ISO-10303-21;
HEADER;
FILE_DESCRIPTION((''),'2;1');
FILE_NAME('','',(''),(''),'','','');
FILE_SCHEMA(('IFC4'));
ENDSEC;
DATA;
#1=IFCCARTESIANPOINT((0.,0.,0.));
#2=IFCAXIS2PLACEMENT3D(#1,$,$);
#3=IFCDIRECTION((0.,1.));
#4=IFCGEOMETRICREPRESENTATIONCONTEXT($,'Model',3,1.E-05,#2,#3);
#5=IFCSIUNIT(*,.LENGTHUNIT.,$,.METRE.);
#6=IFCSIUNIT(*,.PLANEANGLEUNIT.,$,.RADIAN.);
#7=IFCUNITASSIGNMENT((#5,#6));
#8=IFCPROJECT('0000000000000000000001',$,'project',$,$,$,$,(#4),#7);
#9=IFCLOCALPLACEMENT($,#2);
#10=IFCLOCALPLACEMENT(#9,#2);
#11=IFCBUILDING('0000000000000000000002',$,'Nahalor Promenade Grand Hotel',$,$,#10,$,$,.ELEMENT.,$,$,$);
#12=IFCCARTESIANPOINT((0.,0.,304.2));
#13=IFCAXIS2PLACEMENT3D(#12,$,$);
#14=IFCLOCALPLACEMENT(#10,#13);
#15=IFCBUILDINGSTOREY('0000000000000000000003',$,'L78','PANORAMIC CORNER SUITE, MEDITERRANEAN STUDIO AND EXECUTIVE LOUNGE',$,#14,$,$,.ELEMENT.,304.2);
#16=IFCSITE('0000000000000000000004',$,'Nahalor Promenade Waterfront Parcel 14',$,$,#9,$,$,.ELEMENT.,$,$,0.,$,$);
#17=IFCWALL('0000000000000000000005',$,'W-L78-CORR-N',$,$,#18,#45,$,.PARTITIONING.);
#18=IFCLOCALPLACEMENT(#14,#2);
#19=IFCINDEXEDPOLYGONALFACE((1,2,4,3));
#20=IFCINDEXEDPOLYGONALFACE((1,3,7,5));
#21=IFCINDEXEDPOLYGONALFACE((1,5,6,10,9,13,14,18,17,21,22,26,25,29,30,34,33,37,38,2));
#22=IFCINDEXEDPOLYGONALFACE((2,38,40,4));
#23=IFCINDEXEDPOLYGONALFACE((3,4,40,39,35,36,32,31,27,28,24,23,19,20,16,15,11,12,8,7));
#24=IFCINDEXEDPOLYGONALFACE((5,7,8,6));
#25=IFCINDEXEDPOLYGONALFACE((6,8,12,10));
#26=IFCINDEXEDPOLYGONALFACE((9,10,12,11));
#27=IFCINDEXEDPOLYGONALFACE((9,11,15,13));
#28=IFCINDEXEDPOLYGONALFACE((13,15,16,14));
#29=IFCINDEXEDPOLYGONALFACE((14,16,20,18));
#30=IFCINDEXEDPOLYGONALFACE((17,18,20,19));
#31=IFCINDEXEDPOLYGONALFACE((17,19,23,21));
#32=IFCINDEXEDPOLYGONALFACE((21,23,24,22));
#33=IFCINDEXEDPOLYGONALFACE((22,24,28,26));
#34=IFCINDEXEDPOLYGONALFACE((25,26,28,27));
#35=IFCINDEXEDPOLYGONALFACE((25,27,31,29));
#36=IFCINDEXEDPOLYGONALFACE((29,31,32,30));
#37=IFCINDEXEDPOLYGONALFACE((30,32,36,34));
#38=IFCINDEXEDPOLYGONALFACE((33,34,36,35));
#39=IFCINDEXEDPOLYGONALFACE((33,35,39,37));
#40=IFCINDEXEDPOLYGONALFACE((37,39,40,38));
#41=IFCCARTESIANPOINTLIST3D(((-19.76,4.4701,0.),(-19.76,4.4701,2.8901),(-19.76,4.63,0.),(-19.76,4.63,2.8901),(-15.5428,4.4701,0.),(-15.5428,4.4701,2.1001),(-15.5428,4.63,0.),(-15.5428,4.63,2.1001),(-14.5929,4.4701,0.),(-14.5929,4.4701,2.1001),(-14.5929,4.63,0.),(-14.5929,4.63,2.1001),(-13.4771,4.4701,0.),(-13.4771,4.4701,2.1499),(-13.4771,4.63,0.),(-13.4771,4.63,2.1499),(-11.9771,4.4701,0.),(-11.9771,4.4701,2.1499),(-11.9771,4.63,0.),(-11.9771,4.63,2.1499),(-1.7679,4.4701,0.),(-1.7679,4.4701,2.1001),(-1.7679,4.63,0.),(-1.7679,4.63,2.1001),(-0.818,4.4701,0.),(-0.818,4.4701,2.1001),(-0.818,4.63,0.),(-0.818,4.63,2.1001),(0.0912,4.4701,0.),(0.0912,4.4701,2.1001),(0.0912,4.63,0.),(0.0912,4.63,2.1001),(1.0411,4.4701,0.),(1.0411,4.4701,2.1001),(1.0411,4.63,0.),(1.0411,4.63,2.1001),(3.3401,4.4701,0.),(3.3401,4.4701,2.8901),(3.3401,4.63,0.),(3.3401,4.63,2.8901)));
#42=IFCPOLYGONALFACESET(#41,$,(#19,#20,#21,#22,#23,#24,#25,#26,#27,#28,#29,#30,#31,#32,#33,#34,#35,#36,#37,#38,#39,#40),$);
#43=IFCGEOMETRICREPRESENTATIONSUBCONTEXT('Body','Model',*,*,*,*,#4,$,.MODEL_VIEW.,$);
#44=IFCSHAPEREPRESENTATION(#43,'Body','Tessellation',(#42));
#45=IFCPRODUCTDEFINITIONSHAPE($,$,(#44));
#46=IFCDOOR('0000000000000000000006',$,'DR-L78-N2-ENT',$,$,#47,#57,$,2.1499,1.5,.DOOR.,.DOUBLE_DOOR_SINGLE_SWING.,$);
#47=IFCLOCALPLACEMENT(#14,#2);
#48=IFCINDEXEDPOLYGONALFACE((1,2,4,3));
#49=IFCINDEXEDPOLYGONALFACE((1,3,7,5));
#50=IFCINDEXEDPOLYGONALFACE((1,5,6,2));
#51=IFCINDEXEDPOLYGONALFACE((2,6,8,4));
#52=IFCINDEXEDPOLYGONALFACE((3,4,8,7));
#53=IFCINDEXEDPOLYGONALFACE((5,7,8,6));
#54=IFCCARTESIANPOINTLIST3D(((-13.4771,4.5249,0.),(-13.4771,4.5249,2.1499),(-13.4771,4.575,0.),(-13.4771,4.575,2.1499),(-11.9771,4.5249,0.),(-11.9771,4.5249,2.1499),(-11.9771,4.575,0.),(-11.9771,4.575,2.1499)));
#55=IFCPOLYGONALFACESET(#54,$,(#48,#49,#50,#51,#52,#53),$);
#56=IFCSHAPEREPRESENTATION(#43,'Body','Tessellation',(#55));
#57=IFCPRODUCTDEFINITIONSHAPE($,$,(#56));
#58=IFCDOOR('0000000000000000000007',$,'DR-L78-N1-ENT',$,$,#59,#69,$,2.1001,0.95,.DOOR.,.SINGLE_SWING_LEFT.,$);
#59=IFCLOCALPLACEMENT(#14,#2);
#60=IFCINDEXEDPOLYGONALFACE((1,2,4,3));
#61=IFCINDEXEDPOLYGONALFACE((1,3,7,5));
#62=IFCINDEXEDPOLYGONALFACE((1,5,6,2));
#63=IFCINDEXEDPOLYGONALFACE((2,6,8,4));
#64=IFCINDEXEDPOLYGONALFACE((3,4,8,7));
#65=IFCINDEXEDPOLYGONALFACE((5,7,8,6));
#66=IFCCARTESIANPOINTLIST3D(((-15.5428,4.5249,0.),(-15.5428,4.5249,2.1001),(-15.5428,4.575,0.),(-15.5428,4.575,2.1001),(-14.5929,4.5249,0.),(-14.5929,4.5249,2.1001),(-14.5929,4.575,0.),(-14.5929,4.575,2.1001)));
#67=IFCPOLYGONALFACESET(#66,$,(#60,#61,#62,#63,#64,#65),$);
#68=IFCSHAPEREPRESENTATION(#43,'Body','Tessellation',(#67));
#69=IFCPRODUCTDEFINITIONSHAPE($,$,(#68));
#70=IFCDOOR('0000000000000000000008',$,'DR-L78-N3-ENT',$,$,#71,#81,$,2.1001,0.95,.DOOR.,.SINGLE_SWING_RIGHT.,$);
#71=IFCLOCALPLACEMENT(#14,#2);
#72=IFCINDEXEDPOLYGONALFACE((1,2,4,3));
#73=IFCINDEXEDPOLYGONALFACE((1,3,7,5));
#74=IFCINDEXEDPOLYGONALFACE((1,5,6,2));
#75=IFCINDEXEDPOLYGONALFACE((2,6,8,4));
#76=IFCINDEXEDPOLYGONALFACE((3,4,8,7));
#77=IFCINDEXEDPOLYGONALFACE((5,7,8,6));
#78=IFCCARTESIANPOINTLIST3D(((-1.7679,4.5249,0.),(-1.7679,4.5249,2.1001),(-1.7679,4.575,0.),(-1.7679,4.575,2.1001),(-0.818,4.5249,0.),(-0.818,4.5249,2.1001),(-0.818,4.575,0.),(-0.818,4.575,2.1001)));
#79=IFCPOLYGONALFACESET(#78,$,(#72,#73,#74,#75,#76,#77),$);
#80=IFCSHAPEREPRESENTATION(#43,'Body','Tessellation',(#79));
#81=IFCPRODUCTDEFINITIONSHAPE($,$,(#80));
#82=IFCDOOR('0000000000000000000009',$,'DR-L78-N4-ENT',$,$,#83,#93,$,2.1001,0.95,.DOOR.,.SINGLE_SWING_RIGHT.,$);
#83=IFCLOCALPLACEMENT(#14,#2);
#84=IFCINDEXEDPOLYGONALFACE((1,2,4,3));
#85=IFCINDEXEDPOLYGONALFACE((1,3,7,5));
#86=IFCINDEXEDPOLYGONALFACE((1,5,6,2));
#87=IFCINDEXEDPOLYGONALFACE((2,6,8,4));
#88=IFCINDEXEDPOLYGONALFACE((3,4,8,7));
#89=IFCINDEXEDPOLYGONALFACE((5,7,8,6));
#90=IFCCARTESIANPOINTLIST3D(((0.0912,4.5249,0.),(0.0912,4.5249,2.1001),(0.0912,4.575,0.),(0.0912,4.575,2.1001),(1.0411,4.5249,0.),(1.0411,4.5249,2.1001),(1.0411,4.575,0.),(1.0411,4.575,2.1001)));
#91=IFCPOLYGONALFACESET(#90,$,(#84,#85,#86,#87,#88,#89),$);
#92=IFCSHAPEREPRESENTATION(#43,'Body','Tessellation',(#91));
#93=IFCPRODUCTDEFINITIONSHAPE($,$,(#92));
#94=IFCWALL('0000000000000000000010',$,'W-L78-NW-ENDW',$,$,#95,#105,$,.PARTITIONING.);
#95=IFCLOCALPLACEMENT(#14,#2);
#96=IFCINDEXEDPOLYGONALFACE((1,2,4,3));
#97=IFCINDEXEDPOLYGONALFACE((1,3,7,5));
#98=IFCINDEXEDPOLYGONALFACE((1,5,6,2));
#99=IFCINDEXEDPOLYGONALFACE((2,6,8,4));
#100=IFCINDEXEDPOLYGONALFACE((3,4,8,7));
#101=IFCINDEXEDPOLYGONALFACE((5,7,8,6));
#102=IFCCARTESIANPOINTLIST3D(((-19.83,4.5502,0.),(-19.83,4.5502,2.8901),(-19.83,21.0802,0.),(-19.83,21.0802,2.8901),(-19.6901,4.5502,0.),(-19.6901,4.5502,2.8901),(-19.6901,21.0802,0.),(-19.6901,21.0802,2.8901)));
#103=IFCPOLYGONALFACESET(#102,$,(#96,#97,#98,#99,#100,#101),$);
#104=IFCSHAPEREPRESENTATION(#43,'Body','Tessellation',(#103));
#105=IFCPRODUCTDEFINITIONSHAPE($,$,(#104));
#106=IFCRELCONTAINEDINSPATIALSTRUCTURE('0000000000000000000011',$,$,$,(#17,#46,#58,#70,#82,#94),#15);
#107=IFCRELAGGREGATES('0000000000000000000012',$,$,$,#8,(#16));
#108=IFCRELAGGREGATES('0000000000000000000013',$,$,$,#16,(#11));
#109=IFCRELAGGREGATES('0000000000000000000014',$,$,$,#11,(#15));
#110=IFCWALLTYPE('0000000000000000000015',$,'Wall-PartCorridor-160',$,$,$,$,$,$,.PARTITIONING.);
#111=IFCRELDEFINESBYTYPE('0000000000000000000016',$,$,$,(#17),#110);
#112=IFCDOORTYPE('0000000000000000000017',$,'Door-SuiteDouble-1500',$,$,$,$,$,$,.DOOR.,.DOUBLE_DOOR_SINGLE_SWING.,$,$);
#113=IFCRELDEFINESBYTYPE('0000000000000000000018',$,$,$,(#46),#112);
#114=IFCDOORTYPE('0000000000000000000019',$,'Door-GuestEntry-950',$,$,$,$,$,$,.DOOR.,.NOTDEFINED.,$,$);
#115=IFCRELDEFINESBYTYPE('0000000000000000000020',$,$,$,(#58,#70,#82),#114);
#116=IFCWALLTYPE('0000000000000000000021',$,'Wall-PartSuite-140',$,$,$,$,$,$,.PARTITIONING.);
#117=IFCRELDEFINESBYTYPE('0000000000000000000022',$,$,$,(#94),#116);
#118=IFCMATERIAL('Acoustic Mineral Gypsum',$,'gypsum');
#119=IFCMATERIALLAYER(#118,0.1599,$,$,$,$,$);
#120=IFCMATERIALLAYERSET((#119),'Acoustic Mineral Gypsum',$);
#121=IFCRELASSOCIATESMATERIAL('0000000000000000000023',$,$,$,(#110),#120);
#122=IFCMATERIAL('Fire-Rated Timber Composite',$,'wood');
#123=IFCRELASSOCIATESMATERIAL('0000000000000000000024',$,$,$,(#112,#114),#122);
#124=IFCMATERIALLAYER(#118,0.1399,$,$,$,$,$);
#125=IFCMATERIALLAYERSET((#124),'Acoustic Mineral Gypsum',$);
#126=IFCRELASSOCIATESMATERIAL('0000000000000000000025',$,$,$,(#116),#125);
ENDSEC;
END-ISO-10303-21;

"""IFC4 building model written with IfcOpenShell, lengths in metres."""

from ifc_helpers import new_model, si_unit, direction, frame, frame_2d, origin, place, context, subcontext, project, spatial, rectangle, extrude, source, transform, mapped, material, layer, layer_set, type_object, element, fill, save


model = new_model("IFC4")

# Units and contexts
model_context = context("Model", 3, precision=1e-05, world=origin(), true_north=direction((0.0, 1.0)))
body_context = subcontext(model_context, "Body", "Model", "MODEL_VIEW")
ifc_project = project(units=[si_unit("LENGTHUNIT", "METRE"), si_unit("PLANEANGLEUNIT", "RADIAN")], contexts=[model_context])

# Site, building, storey
site_placement = place(None, origin())
site = spatial("IfcSite", under=ifc_project, at=site_placement, Name="Nahalor Promenade Waterfront Parcel 14", CompositionType="ELEMENT", RefElevation=0.0)
building_placement = place(site_placement, origin())
building = spatial("IfcBuilding", under=site, at=building_placement, Name="Nahalor Promenade Grand Hotel", CompositionType="ELEMENT")
storey_placement = place(building_placement, frame((0.0, 0.0, 304.2)))
storey = spatial("IfcBuildingStorey", under=building, at=storey_placement, Name="L78", Description="PANORAMIC CORNER SUITE, MEDITERRANEAN STUDIO AND EXECUTIVE LOUNGE", CompositionType="ELEMENT", Elevation=304.2)

# Wall, openings, doors
ifc_material_1 = material(Name="Acoustic Mineral Gypsum", Category="gypsum")
ifc_layer_1 = layer(ifc_material_1, 0.1599)
ifc_layer_set_1 = layer_set([ifc_layer_1], Name="Acoustic Mineral Gypsum")
wall_type_1 = type_object("IfcWallType", Name="Wall-PartCorridor-160", PredefinedType="PARTITIONING", material=ifc_layer_set_1)
shared_shape_1 = source(origin(), body_context, "Body", "SweptSolid", [
    extrude(rectangle(XDim=23.1001, YDim=0.1599, at=frame_2d((11.55, 0.0))), origin(), (0.0, 0.0, 1.0), 2.8901),
])
wall_1_placement = place(storey_placement, frame((-19.76, 4.55, 0.0), z_axis=(0.0, 0.0, 1.0), x_axis=(1.0, 0.0, 0.0)))
wall_1 = element("IfcWall", 1, at=wall_1_placement, inside=storey, type_object=wall_type_1, Name="W-L78-CORR-N", PredefinedType="PARTITIONING", context=body_context, shape_type="MappedRepresentation", body=[
    mapped(shared_shape_1, transform((0.0, 0.0, 0.0), scale=1.0)),
])
opening_1_placement = place(wall_1_placement, frame((4.217, 0.0, 0.0)))
opening_1 = element("IfcOpeningElement", 2, at=opening_1_placement, cuts=wall_1, PredefinedType="OPENING", context=body_context, shape_type="SweptSolid", body=[
    extrude(rectangle(XDim=0.95, YDim=2.1001, at=frame_2d((0.4751, 1.05))), frame((0.0, 0.0898, 0.0), z_axis=(0.0, -1.0, 0.0), x_axis=(1.0, 0.0, 0.0)), (0.0, 0.0, 1.0), 0.1799),
])
opening_2_placement = place(wall_1_placement, frame((6.283, 0.0, 0.0)))
opening_2 = element("IfcOpeningElement", 3, at=opening_2_placement, cuts=wall_1, PredefinedType="OPENING", context=body_context, shape_type="SweptSolid", body=[
    extrude(rectangle(XDim=1.5, YDim=2.1499, at=frame_2d((0.75, 1.075))), frame((0.0, 0.0898, 0.0), z_axis=(0.0, -1.0, 0.0), x_axis=(1.0, 0.0, 0.0)), (0.0, 0.0, 1.0), 0.1799),
])
opening_3_placement = place(wall_1_placement, frame((17.9919, 0.0, 0.0)))
opening_3 = element("IfcOpeningElement", 4, at=opening_3_placement, cuts=wall_1, PredefinedType="OPENING", context=body_context, shape_type="SweptSolid", body=[
    extrude(rectangle(XDim=0.95, YDim=2.1001, at=frame_2d((0.4751, 1.05))), frame((0.0, 0.0898, 0.0), z_axis=(0.0, -1.0, 0.0), x_axis=(1.0, 0.0, 0.0)), (0.0, 0.0, 1.0), 0.1799),
])
opening_4_placement = place(wall_1_placement, frame((19.8511, 0.0, 0.0)))
opening_4 = element("IfcOpeningElement", 5, at=opening_4_placement, cuts=wall_1, PredefinedType="OPENING", context=body_context, shape_type="SweptSolid", body=[
    extrude(rectangle(XDim=0.95, YDim=2.1001, at=frame_2d((0.4751, 1.05))), frame((0.0, 0.0898, 0.0), z_axis=(0.0, -1.0, 0.0), x_axis=(1.0, 0.0, 0.0)), (0.0, 0.0, 1.0), 0.1799),
])
ifc_material_2 = material(Name="Fire-Rated Timber Composite", Category="wood")
door_type_1 = type_object("IfcDoorType", Name="Door-SuiteDouble-1500", OperationType="DOUBLE_DOOR_SINGLE_SWING", PredefinedType="DOOR", material=ifc_material_2)
shared_shape_2 = source(origin(), body_context, "Body", "SweptSolid", [
    extrude(rectangle(XDim=1.5, YDim=2.1499, at=frame_2d((0.75, 1.075))), frame((0.0, 0.0249, 0.0), z_axis=(0.0, -1.0, 0.0), x_axis=(1.0, 0.0, 0.0)), (0.0, 0.0, 1.0), 0.05),
])
door_1_placement = place(opening_2_placement, origin())
door_1 = element("IfcDoor", 6, at=door_1_placement, inside=storey, type_object=door_type_1, Name="DR-L78-N2-ENT", OperationType="DOUBLE_DOOR_SINGLE_SWING", OverallHeight=2.1499, OverallWidth=1.5, PredefinedType="DOOR", context=body_context, shape_type="MappedRepresentation", body=[
    mapped(shared_shape_2, transform((0.0, 0.0, 0.0), scale=1.0)),
])
fill(opening_2, door_1)
door_type_2 = type_object("IfcDoorType", Name="Door-GuestEntry-950", OperationType="NOTDEFINED", PredefinedType="DOOR", material=ifc_material_2)
shared_shape_3 = source(origin(), body_context, "Body", "SweptSolid", [
    extrude(rectangle(XDim=0.95, YDim=2.1001, at=frame_2d((0.4751, 1.05))), frame((0.0, 0.0249, 0.0), z_axis=(0.0, -1.0, 0.0), x_axis=(1.0, 0.0, 0.0)), (0.0, 0.0, 1.0), 0.05),
])
door_2_placement = place(opening_1_placement, origin())
door_2 = element("IfcDoor", 7, at=door_2_placement, inside=storey, type_object=door_type_2, Name="DR-L78-N1-ENT", OperationType="SINGLE_SWING_LEFT", OverallHeight=2.1001, OverallWidth=0.95, PredefinedType="DOOR", context=body_context, shape_type="MappedRepresentation", body=[
    mapped(shared_shape_3, transform((0.0, 0.0, 0.0), scale=1.0)),
])
fill(opening_1, door_2)
door_3_placement = place(opening_3_placement, origin())
door_3 = element("IfcDoor", 8, at=door_3_placement, inside=storey, type_object=door_type_2, Name="DR-L78-N3-ENT", OperationType="SINGLE_SWING_RIGHT", OverallHeight=2.1001, OverallWidth=0.95, PredefinedType="DOOR", context=body_context, shape_type="MappedRepresentation", body=[
    mapped(shared_shape_3, transform((0.0, 0.0, 0.0), scale=1.0)),
])
fill(opening_3, door_3)
door_4_placement = place(opening_4_placement, origin())
door_4 = element("IfcDoor", 9, at=door_4_placement, inside=storey, type_object=door_type_2, Name="DR-L78-N4-ENT", OperationType="SINGLE_SWING_RIGHT", OverallHeight=2.1001, OverallWidth=0.95, PredefinedType="DOOR", context=body_context, shape_type="MappedRepresentation", body=[
    mapped(shared_shape_3, transform((0.0, 0.0, 0.0), scale=1.0)),
])
fill(opening_4, door_4)

# Wall
ifc_layer_2 = layer(ifc_material_1, 0.1399)
ifc_layer_set_2 = layer_set([ifc_layer_2], Name="Acoustic Mineral Gypsum")
wall_type_2 = type_object("IfcWallType", Name="Wall-PartSuite-140", PredefinedType="PARTITIONING", material=ifc_layer_set_2)
shared_shape_4 = source(origin(), body_context, "Body", "SweptSolid", [
    extrude(rectangle(XDim=16.53, YDim=0.1399, at=frame_2d((8.2651, 0.0))), origin(), (0.0, 0.0, 1.0), 2.8901),
])
wall_2_placement = place(storey_placement, frame((-19.76, 4.55, 0.0), z_axis=(0.0, 0.0, 1.0), x_axis=(0.0, 1.0, 0.0)))
element("IfcWall", 10, at=wall_2_placement, inside=storey, type_object=wall_type_2, Name="W-L78-NW-ENDW", PredefinedType="PARTITIONING", context=body_context, shape_type="MappedRepresentation", body=[
    mapped(shared_shape_4, transform((0.0, 0.0, 0.0), scale=1.0)),
])

save(model, "model.ifc")
